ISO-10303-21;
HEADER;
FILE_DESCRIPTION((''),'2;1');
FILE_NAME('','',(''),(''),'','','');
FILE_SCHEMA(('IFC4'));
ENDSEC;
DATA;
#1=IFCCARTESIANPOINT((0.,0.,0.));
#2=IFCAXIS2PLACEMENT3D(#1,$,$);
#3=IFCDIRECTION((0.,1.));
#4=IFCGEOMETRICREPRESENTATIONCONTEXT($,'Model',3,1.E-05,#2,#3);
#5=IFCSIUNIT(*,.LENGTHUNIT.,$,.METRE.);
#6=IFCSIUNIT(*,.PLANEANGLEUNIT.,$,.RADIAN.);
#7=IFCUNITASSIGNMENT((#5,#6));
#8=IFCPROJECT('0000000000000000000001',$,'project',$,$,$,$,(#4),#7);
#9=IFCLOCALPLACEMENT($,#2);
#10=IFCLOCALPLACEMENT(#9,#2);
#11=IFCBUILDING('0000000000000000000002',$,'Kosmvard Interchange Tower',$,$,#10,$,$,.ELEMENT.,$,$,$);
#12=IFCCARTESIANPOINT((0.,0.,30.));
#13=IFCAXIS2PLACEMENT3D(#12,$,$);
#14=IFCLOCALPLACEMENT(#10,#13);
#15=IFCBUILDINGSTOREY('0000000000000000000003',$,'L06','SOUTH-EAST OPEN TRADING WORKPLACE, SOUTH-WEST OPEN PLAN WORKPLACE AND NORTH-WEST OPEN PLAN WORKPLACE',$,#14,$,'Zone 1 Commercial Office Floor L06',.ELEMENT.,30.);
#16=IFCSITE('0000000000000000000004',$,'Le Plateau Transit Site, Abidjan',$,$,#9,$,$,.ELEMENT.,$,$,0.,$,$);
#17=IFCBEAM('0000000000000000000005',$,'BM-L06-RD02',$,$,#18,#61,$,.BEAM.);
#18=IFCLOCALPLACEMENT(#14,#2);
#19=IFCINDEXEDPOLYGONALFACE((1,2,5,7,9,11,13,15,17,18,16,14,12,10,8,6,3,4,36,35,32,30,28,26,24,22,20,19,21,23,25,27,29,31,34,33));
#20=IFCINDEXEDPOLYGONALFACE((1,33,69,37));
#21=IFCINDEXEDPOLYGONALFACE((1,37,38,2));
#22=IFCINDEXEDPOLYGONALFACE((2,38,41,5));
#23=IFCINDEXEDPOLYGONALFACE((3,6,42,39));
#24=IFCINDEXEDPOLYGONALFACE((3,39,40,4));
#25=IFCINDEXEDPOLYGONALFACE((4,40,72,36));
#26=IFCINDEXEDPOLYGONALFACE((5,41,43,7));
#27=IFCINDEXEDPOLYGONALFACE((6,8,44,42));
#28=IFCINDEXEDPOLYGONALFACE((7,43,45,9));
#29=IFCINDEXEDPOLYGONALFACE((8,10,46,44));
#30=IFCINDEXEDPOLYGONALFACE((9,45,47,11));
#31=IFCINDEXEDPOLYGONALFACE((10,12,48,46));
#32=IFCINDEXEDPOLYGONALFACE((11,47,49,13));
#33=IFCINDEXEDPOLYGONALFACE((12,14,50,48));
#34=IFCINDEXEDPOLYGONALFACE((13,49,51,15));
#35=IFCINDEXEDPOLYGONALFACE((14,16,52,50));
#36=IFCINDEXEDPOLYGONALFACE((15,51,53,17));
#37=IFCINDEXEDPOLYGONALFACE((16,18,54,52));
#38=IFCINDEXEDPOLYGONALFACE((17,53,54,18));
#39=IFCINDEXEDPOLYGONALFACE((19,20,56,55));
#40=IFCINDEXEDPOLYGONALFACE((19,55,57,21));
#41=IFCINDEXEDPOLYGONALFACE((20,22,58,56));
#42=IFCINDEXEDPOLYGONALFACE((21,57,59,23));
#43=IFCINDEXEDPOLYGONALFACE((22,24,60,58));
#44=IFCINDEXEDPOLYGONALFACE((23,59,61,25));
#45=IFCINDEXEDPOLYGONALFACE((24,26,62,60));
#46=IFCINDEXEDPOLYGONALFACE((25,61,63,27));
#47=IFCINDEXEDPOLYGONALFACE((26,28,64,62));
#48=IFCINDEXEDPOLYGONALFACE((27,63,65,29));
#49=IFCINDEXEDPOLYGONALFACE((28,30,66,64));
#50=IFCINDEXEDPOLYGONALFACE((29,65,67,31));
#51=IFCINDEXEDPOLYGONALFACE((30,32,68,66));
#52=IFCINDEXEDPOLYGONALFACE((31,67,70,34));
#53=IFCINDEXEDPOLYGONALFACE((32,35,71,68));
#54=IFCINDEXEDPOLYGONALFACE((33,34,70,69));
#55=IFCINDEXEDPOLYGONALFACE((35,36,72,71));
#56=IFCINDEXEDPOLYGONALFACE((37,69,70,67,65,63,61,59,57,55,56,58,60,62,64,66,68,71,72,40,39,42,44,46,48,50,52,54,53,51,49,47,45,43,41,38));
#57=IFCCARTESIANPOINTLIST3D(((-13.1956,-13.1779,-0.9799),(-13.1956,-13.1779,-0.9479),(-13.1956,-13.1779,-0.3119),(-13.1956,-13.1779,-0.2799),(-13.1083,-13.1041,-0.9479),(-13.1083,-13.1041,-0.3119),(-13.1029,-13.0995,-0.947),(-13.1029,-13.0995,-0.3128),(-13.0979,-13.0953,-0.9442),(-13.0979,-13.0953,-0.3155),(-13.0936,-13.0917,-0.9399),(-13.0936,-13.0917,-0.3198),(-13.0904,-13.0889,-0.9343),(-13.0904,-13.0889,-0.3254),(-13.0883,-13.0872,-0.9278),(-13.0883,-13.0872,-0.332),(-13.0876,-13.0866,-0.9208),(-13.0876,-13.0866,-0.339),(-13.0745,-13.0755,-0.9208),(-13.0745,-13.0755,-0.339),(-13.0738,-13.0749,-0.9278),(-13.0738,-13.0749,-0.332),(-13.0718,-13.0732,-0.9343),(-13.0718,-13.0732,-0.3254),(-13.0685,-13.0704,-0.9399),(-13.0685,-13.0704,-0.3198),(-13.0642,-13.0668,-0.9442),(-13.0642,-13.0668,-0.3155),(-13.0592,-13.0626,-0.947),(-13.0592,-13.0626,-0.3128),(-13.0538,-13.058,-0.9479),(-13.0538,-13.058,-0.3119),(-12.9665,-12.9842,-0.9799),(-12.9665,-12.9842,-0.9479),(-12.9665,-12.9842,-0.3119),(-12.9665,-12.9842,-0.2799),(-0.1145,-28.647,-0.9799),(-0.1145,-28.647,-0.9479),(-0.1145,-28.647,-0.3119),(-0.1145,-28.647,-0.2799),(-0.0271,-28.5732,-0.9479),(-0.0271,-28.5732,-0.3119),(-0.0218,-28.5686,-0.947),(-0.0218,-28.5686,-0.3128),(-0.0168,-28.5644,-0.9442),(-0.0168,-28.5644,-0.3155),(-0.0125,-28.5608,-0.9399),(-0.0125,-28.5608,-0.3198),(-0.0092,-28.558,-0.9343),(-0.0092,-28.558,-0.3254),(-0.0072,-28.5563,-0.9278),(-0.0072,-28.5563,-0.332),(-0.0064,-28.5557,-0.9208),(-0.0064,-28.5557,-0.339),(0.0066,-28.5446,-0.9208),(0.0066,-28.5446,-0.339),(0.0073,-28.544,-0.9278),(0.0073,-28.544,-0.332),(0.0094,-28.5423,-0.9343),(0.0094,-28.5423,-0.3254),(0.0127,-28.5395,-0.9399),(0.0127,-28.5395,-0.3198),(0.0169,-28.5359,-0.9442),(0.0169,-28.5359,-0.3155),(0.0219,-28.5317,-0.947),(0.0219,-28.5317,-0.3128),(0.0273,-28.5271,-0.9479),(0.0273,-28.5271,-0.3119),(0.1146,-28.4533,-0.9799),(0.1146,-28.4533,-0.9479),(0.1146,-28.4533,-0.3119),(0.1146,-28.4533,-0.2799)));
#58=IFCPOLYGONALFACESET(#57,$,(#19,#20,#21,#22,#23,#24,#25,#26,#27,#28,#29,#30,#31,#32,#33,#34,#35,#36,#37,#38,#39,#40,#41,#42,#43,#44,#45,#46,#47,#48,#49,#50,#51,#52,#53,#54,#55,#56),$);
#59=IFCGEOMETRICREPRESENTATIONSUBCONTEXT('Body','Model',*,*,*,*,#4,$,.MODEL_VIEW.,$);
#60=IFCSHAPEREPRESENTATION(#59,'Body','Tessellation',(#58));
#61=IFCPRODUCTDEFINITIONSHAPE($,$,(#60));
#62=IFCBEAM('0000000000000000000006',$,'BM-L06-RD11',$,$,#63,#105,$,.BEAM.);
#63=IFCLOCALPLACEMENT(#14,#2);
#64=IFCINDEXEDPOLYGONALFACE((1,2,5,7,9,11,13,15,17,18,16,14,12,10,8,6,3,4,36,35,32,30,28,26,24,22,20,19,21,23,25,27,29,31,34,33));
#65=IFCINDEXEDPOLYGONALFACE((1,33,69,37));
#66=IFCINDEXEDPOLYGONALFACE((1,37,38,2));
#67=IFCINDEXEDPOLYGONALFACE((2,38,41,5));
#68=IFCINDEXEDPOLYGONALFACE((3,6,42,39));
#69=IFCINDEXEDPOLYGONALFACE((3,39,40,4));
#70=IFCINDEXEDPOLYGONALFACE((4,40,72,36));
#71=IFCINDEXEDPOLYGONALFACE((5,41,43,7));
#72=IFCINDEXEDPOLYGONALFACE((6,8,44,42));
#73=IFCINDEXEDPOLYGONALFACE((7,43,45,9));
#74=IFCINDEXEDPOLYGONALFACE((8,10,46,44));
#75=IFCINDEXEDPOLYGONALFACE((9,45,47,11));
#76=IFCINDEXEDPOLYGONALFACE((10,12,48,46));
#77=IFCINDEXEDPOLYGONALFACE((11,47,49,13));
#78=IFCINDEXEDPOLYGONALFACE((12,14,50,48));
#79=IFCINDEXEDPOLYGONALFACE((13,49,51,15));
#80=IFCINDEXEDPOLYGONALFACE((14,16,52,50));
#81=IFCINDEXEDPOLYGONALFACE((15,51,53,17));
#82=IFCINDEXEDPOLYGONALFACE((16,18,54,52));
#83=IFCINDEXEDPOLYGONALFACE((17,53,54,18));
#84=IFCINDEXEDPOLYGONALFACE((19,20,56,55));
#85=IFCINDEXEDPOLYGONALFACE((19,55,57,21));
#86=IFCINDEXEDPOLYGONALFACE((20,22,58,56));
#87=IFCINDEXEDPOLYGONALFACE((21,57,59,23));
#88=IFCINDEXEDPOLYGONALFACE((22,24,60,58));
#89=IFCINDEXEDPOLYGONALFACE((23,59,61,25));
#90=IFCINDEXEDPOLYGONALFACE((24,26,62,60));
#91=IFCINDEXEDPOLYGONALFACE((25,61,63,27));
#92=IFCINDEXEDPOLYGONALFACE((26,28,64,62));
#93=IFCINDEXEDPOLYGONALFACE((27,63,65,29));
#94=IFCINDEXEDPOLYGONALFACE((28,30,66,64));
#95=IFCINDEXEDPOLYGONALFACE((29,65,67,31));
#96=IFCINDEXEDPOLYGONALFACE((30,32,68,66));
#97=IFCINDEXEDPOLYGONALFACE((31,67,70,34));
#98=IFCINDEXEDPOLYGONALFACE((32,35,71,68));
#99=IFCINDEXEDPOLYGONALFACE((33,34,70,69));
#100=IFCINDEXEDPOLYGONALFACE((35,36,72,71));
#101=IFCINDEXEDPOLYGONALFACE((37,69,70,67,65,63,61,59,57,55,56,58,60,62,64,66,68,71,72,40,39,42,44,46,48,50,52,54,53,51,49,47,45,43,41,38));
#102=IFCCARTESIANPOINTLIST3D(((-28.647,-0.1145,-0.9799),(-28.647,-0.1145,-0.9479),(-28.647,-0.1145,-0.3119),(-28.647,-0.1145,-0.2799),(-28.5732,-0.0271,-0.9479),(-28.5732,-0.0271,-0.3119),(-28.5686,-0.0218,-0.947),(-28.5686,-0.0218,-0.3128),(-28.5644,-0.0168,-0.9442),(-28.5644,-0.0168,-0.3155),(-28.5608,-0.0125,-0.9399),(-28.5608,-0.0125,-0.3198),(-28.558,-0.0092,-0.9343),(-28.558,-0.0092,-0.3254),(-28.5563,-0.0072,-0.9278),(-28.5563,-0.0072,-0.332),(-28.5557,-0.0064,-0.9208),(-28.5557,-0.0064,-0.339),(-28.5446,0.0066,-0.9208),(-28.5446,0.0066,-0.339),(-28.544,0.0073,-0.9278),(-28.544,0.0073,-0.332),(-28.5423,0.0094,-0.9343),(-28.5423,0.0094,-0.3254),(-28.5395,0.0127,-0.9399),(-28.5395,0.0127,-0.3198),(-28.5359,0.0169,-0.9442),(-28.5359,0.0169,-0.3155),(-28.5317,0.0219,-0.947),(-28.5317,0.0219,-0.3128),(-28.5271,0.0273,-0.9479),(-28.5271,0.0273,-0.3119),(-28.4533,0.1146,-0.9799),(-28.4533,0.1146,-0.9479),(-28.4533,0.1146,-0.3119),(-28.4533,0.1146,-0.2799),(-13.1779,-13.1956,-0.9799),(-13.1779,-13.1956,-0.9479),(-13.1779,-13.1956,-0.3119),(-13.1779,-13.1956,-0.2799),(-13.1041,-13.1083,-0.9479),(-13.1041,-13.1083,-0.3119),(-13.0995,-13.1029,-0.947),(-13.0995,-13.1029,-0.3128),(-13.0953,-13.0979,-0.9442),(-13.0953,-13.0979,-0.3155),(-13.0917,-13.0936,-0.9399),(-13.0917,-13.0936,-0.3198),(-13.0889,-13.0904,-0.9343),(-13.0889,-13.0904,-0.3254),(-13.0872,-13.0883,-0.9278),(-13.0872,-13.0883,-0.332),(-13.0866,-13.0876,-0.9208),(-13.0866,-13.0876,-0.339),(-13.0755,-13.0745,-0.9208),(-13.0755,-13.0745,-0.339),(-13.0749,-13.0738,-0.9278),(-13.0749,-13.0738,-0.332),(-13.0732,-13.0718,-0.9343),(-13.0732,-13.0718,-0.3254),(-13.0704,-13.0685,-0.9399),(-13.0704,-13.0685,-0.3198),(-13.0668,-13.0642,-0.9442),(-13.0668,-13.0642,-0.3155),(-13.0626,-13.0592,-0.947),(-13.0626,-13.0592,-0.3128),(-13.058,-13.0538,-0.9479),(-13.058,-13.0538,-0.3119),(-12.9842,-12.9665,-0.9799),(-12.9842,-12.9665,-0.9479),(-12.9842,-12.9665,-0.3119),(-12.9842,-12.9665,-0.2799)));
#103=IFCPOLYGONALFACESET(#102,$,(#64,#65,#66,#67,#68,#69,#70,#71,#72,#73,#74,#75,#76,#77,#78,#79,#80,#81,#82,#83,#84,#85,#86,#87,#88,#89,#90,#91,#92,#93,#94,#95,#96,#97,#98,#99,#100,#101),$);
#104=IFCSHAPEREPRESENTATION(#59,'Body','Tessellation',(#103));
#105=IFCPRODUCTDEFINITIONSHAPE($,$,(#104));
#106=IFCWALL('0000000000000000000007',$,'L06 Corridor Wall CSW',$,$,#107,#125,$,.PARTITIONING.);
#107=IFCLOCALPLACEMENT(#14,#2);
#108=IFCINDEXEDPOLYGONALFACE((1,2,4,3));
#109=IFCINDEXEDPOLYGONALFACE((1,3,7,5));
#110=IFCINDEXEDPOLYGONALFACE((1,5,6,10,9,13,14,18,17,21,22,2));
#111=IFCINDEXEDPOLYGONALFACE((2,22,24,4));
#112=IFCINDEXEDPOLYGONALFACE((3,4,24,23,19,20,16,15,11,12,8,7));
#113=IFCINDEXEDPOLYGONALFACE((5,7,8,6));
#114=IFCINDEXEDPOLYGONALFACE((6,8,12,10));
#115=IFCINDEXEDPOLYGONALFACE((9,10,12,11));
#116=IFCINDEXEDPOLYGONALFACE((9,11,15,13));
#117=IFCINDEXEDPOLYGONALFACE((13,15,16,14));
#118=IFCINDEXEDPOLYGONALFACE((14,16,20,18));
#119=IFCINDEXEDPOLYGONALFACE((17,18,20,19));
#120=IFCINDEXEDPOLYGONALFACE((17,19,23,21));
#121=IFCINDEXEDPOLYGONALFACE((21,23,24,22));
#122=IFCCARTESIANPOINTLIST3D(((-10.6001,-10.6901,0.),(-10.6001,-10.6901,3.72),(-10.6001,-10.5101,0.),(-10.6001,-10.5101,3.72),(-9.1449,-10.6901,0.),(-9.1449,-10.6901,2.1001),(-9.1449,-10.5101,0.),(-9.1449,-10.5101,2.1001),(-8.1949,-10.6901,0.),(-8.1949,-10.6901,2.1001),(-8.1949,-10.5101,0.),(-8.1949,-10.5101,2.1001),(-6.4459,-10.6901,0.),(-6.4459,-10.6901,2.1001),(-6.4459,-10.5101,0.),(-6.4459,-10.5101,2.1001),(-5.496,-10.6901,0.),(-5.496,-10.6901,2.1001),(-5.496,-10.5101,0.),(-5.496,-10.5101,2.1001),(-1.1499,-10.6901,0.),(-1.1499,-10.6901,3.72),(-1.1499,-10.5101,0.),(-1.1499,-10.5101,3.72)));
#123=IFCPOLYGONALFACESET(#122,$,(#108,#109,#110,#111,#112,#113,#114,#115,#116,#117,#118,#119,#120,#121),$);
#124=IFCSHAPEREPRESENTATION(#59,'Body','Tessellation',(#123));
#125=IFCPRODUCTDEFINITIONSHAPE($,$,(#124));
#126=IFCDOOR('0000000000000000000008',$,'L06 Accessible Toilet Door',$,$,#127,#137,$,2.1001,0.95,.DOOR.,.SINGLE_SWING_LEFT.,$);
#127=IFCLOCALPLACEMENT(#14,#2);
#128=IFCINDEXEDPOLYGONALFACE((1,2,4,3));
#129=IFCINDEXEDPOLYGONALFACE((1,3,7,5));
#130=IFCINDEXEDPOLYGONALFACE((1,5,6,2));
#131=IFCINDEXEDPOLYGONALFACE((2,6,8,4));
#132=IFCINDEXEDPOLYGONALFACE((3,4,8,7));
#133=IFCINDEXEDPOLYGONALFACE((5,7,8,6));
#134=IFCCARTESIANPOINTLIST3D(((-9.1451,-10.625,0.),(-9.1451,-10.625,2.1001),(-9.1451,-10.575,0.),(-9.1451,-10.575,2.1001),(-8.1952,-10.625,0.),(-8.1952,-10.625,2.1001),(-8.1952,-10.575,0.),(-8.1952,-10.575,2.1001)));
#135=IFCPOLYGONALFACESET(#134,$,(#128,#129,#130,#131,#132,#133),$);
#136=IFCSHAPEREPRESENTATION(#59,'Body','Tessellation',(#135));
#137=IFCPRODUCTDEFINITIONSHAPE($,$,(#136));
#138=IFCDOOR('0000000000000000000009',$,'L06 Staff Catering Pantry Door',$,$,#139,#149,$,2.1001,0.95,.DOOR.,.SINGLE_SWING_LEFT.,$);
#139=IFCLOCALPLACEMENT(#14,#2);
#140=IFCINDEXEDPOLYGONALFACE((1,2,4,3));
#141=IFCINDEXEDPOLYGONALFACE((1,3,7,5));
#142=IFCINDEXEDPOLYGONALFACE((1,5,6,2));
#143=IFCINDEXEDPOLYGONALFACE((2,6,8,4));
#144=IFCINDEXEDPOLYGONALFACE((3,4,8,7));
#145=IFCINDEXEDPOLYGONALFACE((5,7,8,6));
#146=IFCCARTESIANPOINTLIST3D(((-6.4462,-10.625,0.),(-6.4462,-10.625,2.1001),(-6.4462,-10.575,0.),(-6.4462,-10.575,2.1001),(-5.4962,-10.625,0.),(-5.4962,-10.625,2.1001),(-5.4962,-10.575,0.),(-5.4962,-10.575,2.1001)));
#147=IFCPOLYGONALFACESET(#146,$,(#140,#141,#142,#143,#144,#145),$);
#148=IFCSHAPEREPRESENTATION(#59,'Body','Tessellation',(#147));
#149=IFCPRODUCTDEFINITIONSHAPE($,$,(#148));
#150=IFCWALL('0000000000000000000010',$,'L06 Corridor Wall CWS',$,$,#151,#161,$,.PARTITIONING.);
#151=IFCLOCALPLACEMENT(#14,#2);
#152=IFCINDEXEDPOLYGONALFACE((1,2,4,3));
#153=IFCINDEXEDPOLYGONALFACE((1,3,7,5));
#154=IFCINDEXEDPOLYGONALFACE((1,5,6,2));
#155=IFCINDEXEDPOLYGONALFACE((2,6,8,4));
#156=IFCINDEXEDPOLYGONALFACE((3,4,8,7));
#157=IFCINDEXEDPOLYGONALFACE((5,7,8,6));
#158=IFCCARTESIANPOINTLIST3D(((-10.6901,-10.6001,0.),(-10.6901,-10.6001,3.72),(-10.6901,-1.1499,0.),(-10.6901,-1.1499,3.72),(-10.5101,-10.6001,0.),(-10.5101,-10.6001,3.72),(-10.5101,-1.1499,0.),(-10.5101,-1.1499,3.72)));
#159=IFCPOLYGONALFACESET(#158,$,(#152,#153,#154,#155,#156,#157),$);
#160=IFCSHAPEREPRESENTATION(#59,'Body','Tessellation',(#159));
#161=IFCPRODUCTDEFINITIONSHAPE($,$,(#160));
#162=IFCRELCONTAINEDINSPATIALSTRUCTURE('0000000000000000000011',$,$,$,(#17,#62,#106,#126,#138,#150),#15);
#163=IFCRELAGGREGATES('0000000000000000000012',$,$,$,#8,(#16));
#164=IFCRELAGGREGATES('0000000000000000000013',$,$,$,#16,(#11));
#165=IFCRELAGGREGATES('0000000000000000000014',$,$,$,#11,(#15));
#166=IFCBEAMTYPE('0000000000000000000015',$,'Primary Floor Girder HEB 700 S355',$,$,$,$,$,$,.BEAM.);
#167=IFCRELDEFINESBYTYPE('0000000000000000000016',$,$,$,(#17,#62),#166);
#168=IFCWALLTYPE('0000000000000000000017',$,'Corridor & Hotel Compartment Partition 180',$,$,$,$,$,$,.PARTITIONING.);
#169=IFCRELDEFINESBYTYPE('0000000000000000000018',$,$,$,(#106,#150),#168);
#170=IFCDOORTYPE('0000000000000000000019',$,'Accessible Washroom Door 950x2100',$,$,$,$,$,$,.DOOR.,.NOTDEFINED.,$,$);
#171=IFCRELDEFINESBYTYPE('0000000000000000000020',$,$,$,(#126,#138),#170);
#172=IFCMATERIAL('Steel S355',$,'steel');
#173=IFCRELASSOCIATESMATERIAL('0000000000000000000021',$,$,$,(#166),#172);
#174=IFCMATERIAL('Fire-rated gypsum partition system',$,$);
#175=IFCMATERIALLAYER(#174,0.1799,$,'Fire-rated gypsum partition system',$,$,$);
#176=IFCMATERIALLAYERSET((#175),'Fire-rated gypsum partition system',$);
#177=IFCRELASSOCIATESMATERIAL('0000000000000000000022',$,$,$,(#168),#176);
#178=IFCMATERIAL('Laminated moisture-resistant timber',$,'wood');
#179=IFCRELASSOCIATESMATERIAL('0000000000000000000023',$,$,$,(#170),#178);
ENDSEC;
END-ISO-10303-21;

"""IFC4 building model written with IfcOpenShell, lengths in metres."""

from ifc_helpers import new_model, si_unit, direction, frame, frame_2d, origin, origin_2d, place, context, subcontext, project, spatial, rectangle, i_section, extrude, source, transform, mapped, material, layer, layer_set, material_profile, profile_set, type_object, element, fill, save


model = new_model("IFC4")

# Units and contexts
model_context = context("Model", 3, precision=1e-05, world=origin(), true_north=direction((0.0, 1.0)))
body_context = subcontext(model_context, "Body", "Model", "MODEL_VIEW")
ifc_project = project(units=[si_unit("LENGTHUNIT", "METRE"), si_unit("PLANEANGLEUNIT", "RADIAN")], contexts=[model_context])

# Site, building, storey
site_placement = place(None, origin())
site = spatial("IfcSite", under=ifc_project, at=site_placement, Name="Le Plateau Transit Site, Abidjan", CompositionType="ELEMENT", RefElevation=0.0)
building_placement = place(site_placement, origin())
building = spatial("IfcBuilding", under=site, at=building_placement, Name="Kosmvard Interchange Tower", CompositionType="ELEMENT")
storey_placement = place(building_placement, frame((0.0, 0.0, 30.0)))
storey = spatial("IfcBuildingStorey", under=building, at=storey_placement, Name="L06", Description="SOUTH-EAST OPEN TRADING WORKPLACE, SOUTH-WEST OPEN PLAN WORKPLACE AND NORTH-WEST OPEN PLAN WORKPLACE", LongName="Zone 1 Commercial Office Floor L06", CompositionType="ELEMENT", Elevation=30.0)

# Beams
ifc_material_1 = material(Name="Steel S355", Category="steel")
ifc_material_profile_1 = material_profile(ifc_material_1, i_section(OverallWidth=0.3, OverallDepth=0.7, WebThickness=0.0171, FlangeThickness=0.032, FilletRadius=0.0271, at=origin_2d()), Name="HEB 700")
ifc_profile_set_1 = profile_set([ifc_material_profile_1], Name="Steel S355")
beam_type_1 = type_object("IfcBeamType", Name="Primary Floor Girder HEB 700 S355", PredefinedType="BEAM", material=ifc_profile_set_1)
shared_shape_1 = source(origin(), body_context, "Body", "SweptSolid", [
    extrude(i_section(OverallWidth=0.3, OverallDepth=0.7, WebThickness=0.0171, FlangeThickness=0.032, FilletRadius=0.0271, at=origin_2d()), origin(), (0.0, 0.0, 1.0), 20.2585),
])
for number, where, z_axis, x_axis, name in (
    (1, (-13.0811, -13.0811, -0.6299), (0.645709, -0.763583, 0.0), (0.763583, 0.645709, 0.0), "BM-L06-RD02"),
    (2, (-13.0811, -13.0811, -0.6299), (-0.763583, 0.645709, 0.0), (-0.645709, -0.763583, 0.0), "BM-L06-RD11"),
):
    element("IfcBeam", number, at=place(storey_placement, frame(where, z_axis=z_axis, x_axis=x_axis)), inside=storey, type_object=beam_type_1, Name=name, PredefinedType="BEAM", context=body_context, shape_type="MappedRepresentation", body=[
        mapped(shared_shape_1, transform((0.0, 0.0, 0.0), scale=1.0)),
    ])

# Wall, openings, doors
ifc_material_2 = material(Name="Fire-rated gypsum partition system")
ifc_layer_1 = layer(ifc_material_2, 0.1799, Name="Fire-rated gypsum partition system")
ifc_layer_set_1 = layer_set([ifc_layer_1], Name="Fire-rated gypsum partition system")
wall_type_1 = type_object("IfcWallType", Name="Corridor & Hotel Compartment Partition 180", PredefinedType="PARTITIONING", material=ifc_layer_set_1)
wall_1_placement = place(storey_placement, frame((-10.6001, -10.6001, 0.0), z_axis=(0.0, 0.0, 1.0), x_axis=(1.0, 0.0, 0.0)))
wall_1 = element("IfcWall", 3, at=wall_1_placement, inside=storey, type_object=wall_type_1, Name="L06 Corridor Wall CSW", PredefinedType="PARTITIONING", context=body_context, shape_type="SweptSolid", body=[
    extrude(rectangle(XDim=9.4502, YDim=0.1799, at=frame_2d((4.7251, 0.0))), origin(), (0.0, 0.0, 1.0), 3.72),
])
opening_1_placement = place(wall_1_placement, frame((1.4551, 0.0, 0.0)))
opening_1 = element("IfcOpeningElement", 4, at=opening_1_placement, cuts=wall_1, PredefinedType="OPENING", context=body_context, shape_type="SweptSolid", body=[
    extrude(rectangle(XDim=0.95, YDim=2.1001, at=frame_2d((0.4751, 1.05))), frame((0.0, 0.1001, 0.0), z_axis=(0.0, -1.0, 0.0), x_axis=(1.0, 0.0, 0.0)), (0.0, 0.0, 1.0), 0.2),
])
opening_2_placement = place(wall_1_placement, frame((4.1541, 0.0, 0.0)))
opening_2 = element("IfcOpeningElement", 5, at=opening_2_placement, cuts=wall_1, PredefinedType="OPENING", context=body_context, shape_type="SweptSolid", body=[
    extrude(rectangle(XDim=0.95, YDim=2.1001, at=frame_2d((0.4751, 1.05))), frame((0.0, 0.1001, 0.0), z_axis=(0.0, -1.0, 0.0), x_axis=(1.0, 0.0, 0.0)), (0.0, 0.0, 1.0), 0.2),
])
ifc_material_3 = material(Name="Laminated moisture-resistant timber", Category="wood")
door_type_1 = type_object("IfcDoorType", Name="Accessible Washroom Door 950x2100", OperationType="NOTDEFINED", PredefinedType="DOOR", material=ifc_material_3)
shared_shape_2 = source(origin(), body_context, "Body", "SweptSolid", [
    extrude(rectangle(XDim=0.95, YDim=2.1001, at=frame_2d((0.4751, 1.05))), frame((0.0, 0.0249, 0.0), z_axis=(0.0, -1.0, 0.0), x_axis=(1.0, 0.0, 0.0)), (0.0, 0.0, 1.0), 0.05),
])
door_1_placement = place(opening_1_placement, frame((0.95, 0.0, 0.0), z_axis=(0.0, 0.0, 1.0), x_axis=(-1.0, 0.0, 0.0)))
door_1 = element("IfcDoor", 6, at=door_1_placement, inside=storey, type_object=door_type_1, Name="L06 Accessible Toilet Door", OperationType="SINGLE_SWING_LEFT", OverallHeight=2.1001, OverallWidth=0.95, PredefinedType="DOOR", context=body_context, shape_type="MappedRepresentation", body=[
    mapped(shared_shape_2, transform((0.0, 0.0, 0.0), scale=1.0)),
])
fill(opening_1, door_1)
door_2_placement = place(opening_2_placement, frame((0.95, 0.0, 0.0), z_axis=(0.0, 0.0, 1.0), x_axis=(-1.0, 0.0, 0.0)))
door_2 = element("IfcDoor", 7, at=door_2_placement, inside=storey, type_object=door_type_1, Name="L06 Staff Catering Pantry Door", OperationType="SINGLE_SWING_LEFT", OverallHeight=2.1001, OverallWidth=0.95, PredefinedType="DOOR", context=body_context, shape_type="MappedRepresentation", body=[
    mapped(shared_shape_2, transform((0.0, 0.0, 0.0), scale=1.0)),
])
fill(opening_2, door_2)

# Wall
wall_2_placement = place(storey_placement, frame((-10.6001, -10.6001, 0.0), z_axis=(0.0, 0.0, 1.0), x_axis=(0.0, 1.0, 0.0)))
element("IfcWall", 8, at=wall_2_placement, inside=storey, type_object=wall_type_1, Name="L06 Corridor Wall CWS", PredefinedType="PARTITIONING", context=body_context, shape_type="SweptSolid", body=[
    extrude(rectangle(XDim=9.4502, YDim=0.1799, at=frame_2d((4.7251, 0.0))), origin(), (0.0, 0.0, 1.0), 3.72),
])

save(model, "model.ifc")
